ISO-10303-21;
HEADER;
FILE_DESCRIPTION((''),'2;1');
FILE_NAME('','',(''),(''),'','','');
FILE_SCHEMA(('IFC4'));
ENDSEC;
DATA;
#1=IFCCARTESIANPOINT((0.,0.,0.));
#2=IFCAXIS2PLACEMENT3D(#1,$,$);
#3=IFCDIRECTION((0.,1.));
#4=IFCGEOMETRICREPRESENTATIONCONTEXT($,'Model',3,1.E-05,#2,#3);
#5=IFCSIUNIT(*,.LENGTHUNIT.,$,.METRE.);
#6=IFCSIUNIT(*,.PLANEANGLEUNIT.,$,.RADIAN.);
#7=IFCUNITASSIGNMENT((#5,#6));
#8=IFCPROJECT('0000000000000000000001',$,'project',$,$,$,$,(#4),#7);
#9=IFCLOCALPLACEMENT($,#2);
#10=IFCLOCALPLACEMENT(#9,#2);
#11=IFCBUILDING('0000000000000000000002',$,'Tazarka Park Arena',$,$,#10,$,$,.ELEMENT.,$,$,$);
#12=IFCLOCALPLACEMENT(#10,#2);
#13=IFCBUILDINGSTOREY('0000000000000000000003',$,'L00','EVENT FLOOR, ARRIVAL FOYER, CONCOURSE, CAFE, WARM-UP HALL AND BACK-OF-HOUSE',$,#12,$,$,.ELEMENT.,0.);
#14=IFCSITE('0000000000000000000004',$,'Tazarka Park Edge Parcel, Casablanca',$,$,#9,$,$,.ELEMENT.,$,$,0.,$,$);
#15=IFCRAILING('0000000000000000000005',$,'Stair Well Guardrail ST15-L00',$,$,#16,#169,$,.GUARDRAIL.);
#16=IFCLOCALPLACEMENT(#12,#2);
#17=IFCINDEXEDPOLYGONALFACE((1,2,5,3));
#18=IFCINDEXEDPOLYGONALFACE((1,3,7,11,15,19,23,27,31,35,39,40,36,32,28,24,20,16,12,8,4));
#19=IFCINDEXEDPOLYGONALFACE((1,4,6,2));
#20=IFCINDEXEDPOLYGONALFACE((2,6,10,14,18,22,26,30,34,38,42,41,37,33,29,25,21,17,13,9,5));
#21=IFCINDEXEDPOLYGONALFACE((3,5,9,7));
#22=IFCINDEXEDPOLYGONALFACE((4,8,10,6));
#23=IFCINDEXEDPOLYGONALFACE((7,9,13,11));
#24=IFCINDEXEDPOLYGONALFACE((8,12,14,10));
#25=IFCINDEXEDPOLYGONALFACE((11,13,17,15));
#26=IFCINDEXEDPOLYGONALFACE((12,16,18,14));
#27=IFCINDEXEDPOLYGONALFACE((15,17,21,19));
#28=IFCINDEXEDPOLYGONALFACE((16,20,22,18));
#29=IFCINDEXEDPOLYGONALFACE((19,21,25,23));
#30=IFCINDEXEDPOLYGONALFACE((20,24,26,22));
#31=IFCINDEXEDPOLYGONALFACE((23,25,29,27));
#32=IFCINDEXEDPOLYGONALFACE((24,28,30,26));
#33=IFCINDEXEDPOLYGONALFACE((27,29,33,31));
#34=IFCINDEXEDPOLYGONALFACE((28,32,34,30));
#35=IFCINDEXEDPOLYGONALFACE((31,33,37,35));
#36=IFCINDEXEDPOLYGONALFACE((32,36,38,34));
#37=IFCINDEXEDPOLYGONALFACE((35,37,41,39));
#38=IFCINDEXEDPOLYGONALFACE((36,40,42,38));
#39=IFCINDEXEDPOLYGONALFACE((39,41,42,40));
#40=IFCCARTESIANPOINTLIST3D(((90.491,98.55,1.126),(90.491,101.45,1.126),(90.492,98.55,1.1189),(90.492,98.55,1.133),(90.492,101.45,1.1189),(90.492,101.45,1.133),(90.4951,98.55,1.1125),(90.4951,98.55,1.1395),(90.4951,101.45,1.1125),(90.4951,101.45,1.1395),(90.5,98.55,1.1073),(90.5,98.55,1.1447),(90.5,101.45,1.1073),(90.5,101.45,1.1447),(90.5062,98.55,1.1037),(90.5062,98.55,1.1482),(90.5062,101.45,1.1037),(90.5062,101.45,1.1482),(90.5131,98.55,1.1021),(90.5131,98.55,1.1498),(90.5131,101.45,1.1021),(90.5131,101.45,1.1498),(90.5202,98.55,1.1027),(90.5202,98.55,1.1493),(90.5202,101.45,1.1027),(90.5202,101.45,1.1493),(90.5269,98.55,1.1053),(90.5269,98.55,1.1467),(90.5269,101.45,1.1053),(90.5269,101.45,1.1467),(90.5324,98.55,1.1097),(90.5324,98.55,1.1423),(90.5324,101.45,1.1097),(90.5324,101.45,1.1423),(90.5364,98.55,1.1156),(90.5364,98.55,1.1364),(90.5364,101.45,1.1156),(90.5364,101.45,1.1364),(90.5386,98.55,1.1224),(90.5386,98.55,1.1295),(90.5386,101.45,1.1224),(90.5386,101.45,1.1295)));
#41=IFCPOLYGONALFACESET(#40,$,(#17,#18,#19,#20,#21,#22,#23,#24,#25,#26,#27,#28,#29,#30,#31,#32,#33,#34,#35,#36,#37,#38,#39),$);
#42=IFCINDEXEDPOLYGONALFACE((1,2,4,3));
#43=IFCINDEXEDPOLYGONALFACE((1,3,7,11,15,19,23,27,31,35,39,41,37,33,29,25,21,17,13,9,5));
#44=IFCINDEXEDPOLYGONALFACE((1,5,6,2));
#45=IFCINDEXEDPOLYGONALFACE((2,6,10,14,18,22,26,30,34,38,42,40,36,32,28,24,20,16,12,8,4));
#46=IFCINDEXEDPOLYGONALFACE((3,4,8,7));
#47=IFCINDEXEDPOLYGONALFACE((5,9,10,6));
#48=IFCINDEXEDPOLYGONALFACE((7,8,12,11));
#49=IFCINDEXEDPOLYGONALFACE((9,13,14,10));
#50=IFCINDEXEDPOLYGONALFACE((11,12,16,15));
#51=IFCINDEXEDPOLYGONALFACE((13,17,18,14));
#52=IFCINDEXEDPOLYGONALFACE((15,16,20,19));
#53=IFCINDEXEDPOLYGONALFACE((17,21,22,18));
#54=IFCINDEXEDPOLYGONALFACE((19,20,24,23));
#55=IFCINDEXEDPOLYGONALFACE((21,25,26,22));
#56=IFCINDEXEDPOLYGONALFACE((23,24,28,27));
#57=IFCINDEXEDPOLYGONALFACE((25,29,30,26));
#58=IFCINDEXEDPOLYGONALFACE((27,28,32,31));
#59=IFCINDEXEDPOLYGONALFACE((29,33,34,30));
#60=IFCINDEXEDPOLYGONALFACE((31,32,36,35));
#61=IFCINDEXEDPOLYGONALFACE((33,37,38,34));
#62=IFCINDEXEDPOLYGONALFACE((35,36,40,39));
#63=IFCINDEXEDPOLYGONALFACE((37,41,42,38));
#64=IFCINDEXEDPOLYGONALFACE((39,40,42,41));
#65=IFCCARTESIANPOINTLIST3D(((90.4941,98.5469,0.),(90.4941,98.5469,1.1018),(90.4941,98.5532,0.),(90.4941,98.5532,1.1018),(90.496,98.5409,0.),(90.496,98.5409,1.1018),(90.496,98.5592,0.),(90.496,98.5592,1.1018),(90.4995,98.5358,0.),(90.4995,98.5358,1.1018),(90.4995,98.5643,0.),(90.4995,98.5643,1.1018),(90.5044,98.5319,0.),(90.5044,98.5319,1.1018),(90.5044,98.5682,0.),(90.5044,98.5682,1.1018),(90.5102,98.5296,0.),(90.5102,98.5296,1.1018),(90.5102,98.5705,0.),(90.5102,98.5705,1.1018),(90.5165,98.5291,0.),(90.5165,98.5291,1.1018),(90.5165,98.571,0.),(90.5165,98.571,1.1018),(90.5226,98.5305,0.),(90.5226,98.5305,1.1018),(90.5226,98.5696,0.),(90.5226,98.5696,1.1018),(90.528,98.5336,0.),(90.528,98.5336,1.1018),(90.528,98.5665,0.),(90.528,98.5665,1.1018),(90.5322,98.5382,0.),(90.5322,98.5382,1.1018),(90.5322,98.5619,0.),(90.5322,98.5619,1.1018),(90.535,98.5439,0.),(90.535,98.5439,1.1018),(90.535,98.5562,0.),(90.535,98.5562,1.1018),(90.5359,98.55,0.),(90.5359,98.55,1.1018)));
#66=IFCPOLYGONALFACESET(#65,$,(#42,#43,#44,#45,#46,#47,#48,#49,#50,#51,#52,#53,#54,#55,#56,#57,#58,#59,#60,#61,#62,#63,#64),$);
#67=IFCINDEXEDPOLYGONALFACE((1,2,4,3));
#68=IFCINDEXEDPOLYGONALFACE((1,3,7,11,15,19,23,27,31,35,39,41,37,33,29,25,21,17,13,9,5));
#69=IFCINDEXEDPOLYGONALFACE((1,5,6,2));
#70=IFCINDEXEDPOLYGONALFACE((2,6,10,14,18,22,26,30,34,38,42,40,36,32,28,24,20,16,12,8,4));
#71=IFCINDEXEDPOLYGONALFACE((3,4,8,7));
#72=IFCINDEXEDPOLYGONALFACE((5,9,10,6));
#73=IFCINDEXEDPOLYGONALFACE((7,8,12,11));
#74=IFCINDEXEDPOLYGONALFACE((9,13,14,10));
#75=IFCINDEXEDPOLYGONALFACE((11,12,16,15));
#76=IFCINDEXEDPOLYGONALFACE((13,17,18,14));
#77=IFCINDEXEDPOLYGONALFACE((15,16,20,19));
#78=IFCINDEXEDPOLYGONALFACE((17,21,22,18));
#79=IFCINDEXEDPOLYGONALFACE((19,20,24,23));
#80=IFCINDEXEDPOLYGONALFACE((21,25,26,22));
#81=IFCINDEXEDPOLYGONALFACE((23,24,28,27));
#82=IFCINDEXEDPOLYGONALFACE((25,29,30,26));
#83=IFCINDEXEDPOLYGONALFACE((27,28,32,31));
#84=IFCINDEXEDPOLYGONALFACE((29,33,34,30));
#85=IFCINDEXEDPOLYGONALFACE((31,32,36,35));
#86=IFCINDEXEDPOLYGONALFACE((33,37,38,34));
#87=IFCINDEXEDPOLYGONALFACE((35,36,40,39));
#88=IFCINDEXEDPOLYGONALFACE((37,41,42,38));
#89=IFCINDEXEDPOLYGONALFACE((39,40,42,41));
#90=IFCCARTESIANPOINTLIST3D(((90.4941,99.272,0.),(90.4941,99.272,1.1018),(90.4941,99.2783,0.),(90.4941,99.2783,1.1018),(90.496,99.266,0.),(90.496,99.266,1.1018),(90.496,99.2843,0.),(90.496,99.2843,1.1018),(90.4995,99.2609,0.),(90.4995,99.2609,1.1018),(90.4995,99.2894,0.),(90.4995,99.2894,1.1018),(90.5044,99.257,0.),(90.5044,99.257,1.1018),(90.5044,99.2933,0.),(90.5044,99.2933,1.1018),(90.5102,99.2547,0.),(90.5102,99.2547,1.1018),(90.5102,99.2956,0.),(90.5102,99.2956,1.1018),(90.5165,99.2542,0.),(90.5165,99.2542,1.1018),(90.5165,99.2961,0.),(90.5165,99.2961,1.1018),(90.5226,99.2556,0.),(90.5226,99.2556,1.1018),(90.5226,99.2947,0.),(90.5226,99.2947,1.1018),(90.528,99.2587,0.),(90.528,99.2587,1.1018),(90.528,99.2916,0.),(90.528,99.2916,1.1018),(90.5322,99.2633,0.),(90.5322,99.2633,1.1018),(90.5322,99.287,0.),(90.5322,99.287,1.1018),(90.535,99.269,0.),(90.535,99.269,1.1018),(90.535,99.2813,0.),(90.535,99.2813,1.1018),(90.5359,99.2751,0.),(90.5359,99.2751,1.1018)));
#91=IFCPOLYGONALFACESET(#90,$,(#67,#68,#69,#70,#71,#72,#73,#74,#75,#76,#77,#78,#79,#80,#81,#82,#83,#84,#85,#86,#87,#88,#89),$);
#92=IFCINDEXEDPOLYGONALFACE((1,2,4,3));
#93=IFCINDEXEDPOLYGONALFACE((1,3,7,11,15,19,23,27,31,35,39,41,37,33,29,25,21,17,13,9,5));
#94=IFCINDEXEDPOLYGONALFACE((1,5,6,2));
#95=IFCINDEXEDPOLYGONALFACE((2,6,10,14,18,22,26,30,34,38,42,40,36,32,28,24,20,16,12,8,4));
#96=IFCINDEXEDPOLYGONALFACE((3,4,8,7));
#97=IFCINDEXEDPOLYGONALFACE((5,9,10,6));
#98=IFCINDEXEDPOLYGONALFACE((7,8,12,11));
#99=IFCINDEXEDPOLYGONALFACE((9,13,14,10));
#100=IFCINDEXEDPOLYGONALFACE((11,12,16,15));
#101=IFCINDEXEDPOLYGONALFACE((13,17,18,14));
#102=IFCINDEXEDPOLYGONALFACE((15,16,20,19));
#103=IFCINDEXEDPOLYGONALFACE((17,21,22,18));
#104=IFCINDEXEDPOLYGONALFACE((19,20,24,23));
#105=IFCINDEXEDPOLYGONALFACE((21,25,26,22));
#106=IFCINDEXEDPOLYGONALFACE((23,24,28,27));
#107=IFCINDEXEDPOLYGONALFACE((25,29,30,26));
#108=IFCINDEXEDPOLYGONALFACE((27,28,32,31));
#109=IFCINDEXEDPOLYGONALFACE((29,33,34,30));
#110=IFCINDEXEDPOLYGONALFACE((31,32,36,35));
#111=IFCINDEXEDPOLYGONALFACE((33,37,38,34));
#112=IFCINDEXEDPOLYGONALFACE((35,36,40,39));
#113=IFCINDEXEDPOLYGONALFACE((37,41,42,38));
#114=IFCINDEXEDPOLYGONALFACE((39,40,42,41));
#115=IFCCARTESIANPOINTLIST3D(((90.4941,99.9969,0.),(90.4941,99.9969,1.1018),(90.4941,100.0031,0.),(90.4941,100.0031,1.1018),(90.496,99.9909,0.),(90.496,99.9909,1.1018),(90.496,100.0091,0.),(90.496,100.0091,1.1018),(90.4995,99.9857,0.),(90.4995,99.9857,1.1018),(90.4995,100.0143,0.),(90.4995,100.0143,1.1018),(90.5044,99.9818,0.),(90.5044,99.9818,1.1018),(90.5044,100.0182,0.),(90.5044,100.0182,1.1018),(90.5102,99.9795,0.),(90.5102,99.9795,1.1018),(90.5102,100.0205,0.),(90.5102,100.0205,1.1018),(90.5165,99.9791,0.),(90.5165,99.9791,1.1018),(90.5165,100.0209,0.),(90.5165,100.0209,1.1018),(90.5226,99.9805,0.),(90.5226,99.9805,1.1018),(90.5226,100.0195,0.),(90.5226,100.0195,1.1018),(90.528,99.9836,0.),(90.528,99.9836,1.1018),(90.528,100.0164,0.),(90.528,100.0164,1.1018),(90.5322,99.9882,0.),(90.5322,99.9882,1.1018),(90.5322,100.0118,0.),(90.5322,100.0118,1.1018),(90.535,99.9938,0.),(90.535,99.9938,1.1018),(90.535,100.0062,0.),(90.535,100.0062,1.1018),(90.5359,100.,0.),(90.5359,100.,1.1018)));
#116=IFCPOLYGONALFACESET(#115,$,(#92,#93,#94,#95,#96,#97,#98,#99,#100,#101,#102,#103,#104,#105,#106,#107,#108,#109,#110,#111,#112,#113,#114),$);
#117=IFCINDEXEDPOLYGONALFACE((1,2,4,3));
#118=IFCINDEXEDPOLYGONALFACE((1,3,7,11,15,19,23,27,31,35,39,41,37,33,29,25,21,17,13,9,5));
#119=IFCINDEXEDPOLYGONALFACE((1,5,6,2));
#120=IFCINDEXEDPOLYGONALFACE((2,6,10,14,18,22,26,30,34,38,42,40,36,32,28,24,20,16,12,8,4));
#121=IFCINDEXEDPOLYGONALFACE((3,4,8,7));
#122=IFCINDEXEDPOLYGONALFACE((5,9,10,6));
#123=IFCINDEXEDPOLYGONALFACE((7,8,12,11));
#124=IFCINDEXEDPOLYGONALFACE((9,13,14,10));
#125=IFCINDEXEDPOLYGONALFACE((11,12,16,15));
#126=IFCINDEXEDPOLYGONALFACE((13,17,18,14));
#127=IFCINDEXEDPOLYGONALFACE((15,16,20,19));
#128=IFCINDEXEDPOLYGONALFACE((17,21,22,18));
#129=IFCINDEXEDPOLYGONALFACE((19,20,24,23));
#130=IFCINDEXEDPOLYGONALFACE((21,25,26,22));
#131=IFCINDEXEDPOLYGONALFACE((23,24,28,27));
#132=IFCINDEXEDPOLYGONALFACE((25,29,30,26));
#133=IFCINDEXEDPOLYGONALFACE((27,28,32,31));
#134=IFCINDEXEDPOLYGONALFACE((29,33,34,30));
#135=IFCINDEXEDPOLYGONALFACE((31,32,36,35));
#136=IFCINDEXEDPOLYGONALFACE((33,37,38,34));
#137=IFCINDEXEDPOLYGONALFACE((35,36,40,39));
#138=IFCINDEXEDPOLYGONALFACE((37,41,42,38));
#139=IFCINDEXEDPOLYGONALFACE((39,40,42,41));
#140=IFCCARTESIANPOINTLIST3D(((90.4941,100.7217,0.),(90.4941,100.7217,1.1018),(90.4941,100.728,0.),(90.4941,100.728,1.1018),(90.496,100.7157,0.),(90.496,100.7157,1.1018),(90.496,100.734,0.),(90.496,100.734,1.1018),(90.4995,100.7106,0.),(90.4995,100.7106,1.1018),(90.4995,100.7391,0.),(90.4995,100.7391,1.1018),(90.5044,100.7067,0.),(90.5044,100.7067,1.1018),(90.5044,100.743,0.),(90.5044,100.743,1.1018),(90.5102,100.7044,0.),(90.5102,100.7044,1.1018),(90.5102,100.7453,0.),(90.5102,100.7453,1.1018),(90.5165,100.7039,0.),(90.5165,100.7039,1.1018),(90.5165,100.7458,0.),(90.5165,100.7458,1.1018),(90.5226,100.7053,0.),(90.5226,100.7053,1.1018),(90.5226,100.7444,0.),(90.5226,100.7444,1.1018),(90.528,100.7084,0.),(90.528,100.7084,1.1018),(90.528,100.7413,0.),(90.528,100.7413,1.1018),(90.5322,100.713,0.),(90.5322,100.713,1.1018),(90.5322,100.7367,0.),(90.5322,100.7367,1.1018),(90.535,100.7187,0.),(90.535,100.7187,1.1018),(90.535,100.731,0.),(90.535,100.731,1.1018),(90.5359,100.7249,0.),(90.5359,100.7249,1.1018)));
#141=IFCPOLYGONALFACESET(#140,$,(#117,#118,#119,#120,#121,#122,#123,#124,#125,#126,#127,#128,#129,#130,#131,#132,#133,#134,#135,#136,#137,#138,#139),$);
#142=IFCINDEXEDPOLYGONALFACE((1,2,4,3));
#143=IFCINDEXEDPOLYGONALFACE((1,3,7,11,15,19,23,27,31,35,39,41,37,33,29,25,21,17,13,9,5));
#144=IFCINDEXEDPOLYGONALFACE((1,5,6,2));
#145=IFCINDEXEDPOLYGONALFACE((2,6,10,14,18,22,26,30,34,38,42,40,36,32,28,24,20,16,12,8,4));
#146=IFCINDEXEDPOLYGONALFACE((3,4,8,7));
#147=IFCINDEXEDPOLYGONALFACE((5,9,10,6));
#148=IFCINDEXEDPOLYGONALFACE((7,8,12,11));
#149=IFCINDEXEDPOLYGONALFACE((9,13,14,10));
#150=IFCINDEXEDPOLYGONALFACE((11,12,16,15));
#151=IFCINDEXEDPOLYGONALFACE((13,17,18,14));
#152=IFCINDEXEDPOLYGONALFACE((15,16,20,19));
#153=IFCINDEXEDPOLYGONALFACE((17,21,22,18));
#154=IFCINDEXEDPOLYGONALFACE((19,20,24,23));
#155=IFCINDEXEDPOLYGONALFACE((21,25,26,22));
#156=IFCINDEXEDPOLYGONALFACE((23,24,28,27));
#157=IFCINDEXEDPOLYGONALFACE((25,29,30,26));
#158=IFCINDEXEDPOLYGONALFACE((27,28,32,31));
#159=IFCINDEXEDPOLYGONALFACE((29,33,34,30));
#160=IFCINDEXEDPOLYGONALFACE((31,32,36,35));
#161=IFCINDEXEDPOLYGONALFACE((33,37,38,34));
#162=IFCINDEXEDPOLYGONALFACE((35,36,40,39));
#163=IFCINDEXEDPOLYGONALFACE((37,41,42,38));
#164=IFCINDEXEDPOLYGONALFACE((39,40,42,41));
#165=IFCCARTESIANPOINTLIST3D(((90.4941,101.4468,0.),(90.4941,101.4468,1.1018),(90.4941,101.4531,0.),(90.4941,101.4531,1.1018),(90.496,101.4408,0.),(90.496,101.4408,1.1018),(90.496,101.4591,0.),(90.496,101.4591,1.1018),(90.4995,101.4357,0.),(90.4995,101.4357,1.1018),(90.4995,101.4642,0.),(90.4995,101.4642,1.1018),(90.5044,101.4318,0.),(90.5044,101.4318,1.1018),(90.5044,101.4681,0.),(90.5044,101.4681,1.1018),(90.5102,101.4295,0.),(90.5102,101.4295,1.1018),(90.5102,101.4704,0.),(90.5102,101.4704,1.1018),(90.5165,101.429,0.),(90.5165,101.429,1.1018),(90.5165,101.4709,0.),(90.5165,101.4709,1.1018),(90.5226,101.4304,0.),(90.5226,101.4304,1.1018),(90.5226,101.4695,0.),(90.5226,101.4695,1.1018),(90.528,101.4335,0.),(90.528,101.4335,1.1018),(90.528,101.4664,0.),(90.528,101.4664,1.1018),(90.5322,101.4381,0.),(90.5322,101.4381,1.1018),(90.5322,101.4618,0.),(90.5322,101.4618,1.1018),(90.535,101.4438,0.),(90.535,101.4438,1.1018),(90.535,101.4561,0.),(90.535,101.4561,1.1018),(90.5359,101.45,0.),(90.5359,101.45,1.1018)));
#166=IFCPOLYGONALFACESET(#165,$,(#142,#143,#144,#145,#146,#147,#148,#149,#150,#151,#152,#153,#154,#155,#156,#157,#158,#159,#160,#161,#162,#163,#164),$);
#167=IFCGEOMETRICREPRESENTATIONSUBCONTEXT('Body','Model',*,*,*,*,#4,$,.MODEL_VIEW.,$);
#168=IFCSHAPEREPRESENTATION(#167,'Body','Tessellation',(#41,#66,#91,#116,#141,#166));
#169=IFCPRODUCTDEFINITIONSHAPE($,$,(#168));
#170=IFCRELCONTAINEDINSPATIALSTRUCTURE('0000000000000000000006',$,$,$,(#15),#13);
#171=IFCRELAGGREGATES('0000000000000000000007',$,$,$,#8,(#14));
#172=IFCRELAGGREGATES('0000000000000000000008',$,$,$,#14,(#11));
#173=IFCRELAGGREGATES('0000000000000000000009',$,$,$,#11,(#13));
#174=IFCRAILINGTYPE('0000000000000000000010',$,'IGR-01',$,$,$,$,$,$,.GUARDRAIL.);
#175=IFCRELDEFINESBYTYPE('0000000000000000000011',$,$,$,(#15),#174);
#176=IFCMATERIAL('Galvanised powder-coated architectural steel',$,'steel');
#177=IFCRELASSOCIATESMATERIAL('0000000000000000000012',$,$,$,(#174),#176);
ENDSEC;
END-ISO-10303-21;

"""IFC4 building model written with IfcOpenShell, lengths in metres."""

from ifc_helpers import new_model, si_unit, direction, frame, origin, origin_2d, place, context, subcontext, project, spatial, circle, extrude, material, type_object, element, save


model = new_model("IFC4")

# Units and contexts
model_context = context("Model", 3, precision=1e-05, world=origin(), true_north=direction((0.0, 1.0)))
body_context = subcontext(model_context, "Body", "Model", "MODEL_VIEW")
ifc_project = project(units=[si_unit("LENGTHUNIT", "METRE"), si_unit("PLANEANGLEUNIT", "RADIAN")], contexts=[model_context])

# Site, building, storey
site_placement = place(None, origin())
site = spatial("IfcSite", under=ifc_project, at=site_placement, Name="Tazarka Park Edge Parcel, Casablanca", CompositionType="ELEMENT", RefElevation=0.0)
building_placement = place(site_placement, origin())
building = spatial("IfcBuilding", under=site, at=building_placement, Name="Tazarka Park Arena", CompositionType="ELEMENT")
storey_placement = place(building_placement, origin())
storey = spatial("IfcBuildingStorey", under=building, at=storey_placement, Name="L00", Description="EVENT FLOOR, ARRIVAL FOYER, CONCOURSE, CAFE, WARM-UP HALL AND BACK-OF-HOUSE", CompositionType="ELEMENT", Elevation=0.0)

# Railing
ifc_material_1 = material(Name="Galvanised powder-coated architectural steel", Category="steel")
railing_type_1 = type_object("IfcRailingType", Name="IGR-01", PredefinedType="GUARDRAIL", material=ifc_material_1)
for number, where, name in (
    (1, (90.5149, 98.55, 0.0), "Stair Well Guardrail ST15-L00"),
):
    element("IfcRailing", number, at=place(storey_placement, frame(where)), inside=storey, type_object=railing_type_1, Name=name, PredefinedType="GUARDRAIL", context=body_context, shape_type="SweptSolid", body=[
        extrude(circle(Radius=0.0239, at=origin_2d()), frame((0.0, 0.0, 1.126), z_axis=(0.0, 1.0, 0.0), x_axis=(-1.0, 0.0, 0.0)), (0.0, 0.0, 1.0), 2.8999),
        extrude(circle(Radius=0.021, at=origin_2d()), origin(), (0.0, 0.0, 1.0), 1.1018),
        extrude(circle(Radius=0.021, at=origin_2d()), frame((0.0, 0.7251, 0.0)), (0.0, 0.0, 1.0), 1.1018),
        extrude(circle(Radius=0.021, at=origin_2d()), frame((0.0, 1.45, 0.0)), (0.0, 0.0, 1.0), 1.1018),
        extrude(circle(Radius=0.021, at=origin_2d()), frame((0.0, 2.1748, 0.0)), (0.0, 0.0, 1.0), 1.1018),
        extrude(circle(Radius=0.021, at=origin_2d()), frame((0.0, 2.8999, 0.0)), (0.0, 0.0, 1.0), 1.1018),
    ])

save(model, "model.ifc")
